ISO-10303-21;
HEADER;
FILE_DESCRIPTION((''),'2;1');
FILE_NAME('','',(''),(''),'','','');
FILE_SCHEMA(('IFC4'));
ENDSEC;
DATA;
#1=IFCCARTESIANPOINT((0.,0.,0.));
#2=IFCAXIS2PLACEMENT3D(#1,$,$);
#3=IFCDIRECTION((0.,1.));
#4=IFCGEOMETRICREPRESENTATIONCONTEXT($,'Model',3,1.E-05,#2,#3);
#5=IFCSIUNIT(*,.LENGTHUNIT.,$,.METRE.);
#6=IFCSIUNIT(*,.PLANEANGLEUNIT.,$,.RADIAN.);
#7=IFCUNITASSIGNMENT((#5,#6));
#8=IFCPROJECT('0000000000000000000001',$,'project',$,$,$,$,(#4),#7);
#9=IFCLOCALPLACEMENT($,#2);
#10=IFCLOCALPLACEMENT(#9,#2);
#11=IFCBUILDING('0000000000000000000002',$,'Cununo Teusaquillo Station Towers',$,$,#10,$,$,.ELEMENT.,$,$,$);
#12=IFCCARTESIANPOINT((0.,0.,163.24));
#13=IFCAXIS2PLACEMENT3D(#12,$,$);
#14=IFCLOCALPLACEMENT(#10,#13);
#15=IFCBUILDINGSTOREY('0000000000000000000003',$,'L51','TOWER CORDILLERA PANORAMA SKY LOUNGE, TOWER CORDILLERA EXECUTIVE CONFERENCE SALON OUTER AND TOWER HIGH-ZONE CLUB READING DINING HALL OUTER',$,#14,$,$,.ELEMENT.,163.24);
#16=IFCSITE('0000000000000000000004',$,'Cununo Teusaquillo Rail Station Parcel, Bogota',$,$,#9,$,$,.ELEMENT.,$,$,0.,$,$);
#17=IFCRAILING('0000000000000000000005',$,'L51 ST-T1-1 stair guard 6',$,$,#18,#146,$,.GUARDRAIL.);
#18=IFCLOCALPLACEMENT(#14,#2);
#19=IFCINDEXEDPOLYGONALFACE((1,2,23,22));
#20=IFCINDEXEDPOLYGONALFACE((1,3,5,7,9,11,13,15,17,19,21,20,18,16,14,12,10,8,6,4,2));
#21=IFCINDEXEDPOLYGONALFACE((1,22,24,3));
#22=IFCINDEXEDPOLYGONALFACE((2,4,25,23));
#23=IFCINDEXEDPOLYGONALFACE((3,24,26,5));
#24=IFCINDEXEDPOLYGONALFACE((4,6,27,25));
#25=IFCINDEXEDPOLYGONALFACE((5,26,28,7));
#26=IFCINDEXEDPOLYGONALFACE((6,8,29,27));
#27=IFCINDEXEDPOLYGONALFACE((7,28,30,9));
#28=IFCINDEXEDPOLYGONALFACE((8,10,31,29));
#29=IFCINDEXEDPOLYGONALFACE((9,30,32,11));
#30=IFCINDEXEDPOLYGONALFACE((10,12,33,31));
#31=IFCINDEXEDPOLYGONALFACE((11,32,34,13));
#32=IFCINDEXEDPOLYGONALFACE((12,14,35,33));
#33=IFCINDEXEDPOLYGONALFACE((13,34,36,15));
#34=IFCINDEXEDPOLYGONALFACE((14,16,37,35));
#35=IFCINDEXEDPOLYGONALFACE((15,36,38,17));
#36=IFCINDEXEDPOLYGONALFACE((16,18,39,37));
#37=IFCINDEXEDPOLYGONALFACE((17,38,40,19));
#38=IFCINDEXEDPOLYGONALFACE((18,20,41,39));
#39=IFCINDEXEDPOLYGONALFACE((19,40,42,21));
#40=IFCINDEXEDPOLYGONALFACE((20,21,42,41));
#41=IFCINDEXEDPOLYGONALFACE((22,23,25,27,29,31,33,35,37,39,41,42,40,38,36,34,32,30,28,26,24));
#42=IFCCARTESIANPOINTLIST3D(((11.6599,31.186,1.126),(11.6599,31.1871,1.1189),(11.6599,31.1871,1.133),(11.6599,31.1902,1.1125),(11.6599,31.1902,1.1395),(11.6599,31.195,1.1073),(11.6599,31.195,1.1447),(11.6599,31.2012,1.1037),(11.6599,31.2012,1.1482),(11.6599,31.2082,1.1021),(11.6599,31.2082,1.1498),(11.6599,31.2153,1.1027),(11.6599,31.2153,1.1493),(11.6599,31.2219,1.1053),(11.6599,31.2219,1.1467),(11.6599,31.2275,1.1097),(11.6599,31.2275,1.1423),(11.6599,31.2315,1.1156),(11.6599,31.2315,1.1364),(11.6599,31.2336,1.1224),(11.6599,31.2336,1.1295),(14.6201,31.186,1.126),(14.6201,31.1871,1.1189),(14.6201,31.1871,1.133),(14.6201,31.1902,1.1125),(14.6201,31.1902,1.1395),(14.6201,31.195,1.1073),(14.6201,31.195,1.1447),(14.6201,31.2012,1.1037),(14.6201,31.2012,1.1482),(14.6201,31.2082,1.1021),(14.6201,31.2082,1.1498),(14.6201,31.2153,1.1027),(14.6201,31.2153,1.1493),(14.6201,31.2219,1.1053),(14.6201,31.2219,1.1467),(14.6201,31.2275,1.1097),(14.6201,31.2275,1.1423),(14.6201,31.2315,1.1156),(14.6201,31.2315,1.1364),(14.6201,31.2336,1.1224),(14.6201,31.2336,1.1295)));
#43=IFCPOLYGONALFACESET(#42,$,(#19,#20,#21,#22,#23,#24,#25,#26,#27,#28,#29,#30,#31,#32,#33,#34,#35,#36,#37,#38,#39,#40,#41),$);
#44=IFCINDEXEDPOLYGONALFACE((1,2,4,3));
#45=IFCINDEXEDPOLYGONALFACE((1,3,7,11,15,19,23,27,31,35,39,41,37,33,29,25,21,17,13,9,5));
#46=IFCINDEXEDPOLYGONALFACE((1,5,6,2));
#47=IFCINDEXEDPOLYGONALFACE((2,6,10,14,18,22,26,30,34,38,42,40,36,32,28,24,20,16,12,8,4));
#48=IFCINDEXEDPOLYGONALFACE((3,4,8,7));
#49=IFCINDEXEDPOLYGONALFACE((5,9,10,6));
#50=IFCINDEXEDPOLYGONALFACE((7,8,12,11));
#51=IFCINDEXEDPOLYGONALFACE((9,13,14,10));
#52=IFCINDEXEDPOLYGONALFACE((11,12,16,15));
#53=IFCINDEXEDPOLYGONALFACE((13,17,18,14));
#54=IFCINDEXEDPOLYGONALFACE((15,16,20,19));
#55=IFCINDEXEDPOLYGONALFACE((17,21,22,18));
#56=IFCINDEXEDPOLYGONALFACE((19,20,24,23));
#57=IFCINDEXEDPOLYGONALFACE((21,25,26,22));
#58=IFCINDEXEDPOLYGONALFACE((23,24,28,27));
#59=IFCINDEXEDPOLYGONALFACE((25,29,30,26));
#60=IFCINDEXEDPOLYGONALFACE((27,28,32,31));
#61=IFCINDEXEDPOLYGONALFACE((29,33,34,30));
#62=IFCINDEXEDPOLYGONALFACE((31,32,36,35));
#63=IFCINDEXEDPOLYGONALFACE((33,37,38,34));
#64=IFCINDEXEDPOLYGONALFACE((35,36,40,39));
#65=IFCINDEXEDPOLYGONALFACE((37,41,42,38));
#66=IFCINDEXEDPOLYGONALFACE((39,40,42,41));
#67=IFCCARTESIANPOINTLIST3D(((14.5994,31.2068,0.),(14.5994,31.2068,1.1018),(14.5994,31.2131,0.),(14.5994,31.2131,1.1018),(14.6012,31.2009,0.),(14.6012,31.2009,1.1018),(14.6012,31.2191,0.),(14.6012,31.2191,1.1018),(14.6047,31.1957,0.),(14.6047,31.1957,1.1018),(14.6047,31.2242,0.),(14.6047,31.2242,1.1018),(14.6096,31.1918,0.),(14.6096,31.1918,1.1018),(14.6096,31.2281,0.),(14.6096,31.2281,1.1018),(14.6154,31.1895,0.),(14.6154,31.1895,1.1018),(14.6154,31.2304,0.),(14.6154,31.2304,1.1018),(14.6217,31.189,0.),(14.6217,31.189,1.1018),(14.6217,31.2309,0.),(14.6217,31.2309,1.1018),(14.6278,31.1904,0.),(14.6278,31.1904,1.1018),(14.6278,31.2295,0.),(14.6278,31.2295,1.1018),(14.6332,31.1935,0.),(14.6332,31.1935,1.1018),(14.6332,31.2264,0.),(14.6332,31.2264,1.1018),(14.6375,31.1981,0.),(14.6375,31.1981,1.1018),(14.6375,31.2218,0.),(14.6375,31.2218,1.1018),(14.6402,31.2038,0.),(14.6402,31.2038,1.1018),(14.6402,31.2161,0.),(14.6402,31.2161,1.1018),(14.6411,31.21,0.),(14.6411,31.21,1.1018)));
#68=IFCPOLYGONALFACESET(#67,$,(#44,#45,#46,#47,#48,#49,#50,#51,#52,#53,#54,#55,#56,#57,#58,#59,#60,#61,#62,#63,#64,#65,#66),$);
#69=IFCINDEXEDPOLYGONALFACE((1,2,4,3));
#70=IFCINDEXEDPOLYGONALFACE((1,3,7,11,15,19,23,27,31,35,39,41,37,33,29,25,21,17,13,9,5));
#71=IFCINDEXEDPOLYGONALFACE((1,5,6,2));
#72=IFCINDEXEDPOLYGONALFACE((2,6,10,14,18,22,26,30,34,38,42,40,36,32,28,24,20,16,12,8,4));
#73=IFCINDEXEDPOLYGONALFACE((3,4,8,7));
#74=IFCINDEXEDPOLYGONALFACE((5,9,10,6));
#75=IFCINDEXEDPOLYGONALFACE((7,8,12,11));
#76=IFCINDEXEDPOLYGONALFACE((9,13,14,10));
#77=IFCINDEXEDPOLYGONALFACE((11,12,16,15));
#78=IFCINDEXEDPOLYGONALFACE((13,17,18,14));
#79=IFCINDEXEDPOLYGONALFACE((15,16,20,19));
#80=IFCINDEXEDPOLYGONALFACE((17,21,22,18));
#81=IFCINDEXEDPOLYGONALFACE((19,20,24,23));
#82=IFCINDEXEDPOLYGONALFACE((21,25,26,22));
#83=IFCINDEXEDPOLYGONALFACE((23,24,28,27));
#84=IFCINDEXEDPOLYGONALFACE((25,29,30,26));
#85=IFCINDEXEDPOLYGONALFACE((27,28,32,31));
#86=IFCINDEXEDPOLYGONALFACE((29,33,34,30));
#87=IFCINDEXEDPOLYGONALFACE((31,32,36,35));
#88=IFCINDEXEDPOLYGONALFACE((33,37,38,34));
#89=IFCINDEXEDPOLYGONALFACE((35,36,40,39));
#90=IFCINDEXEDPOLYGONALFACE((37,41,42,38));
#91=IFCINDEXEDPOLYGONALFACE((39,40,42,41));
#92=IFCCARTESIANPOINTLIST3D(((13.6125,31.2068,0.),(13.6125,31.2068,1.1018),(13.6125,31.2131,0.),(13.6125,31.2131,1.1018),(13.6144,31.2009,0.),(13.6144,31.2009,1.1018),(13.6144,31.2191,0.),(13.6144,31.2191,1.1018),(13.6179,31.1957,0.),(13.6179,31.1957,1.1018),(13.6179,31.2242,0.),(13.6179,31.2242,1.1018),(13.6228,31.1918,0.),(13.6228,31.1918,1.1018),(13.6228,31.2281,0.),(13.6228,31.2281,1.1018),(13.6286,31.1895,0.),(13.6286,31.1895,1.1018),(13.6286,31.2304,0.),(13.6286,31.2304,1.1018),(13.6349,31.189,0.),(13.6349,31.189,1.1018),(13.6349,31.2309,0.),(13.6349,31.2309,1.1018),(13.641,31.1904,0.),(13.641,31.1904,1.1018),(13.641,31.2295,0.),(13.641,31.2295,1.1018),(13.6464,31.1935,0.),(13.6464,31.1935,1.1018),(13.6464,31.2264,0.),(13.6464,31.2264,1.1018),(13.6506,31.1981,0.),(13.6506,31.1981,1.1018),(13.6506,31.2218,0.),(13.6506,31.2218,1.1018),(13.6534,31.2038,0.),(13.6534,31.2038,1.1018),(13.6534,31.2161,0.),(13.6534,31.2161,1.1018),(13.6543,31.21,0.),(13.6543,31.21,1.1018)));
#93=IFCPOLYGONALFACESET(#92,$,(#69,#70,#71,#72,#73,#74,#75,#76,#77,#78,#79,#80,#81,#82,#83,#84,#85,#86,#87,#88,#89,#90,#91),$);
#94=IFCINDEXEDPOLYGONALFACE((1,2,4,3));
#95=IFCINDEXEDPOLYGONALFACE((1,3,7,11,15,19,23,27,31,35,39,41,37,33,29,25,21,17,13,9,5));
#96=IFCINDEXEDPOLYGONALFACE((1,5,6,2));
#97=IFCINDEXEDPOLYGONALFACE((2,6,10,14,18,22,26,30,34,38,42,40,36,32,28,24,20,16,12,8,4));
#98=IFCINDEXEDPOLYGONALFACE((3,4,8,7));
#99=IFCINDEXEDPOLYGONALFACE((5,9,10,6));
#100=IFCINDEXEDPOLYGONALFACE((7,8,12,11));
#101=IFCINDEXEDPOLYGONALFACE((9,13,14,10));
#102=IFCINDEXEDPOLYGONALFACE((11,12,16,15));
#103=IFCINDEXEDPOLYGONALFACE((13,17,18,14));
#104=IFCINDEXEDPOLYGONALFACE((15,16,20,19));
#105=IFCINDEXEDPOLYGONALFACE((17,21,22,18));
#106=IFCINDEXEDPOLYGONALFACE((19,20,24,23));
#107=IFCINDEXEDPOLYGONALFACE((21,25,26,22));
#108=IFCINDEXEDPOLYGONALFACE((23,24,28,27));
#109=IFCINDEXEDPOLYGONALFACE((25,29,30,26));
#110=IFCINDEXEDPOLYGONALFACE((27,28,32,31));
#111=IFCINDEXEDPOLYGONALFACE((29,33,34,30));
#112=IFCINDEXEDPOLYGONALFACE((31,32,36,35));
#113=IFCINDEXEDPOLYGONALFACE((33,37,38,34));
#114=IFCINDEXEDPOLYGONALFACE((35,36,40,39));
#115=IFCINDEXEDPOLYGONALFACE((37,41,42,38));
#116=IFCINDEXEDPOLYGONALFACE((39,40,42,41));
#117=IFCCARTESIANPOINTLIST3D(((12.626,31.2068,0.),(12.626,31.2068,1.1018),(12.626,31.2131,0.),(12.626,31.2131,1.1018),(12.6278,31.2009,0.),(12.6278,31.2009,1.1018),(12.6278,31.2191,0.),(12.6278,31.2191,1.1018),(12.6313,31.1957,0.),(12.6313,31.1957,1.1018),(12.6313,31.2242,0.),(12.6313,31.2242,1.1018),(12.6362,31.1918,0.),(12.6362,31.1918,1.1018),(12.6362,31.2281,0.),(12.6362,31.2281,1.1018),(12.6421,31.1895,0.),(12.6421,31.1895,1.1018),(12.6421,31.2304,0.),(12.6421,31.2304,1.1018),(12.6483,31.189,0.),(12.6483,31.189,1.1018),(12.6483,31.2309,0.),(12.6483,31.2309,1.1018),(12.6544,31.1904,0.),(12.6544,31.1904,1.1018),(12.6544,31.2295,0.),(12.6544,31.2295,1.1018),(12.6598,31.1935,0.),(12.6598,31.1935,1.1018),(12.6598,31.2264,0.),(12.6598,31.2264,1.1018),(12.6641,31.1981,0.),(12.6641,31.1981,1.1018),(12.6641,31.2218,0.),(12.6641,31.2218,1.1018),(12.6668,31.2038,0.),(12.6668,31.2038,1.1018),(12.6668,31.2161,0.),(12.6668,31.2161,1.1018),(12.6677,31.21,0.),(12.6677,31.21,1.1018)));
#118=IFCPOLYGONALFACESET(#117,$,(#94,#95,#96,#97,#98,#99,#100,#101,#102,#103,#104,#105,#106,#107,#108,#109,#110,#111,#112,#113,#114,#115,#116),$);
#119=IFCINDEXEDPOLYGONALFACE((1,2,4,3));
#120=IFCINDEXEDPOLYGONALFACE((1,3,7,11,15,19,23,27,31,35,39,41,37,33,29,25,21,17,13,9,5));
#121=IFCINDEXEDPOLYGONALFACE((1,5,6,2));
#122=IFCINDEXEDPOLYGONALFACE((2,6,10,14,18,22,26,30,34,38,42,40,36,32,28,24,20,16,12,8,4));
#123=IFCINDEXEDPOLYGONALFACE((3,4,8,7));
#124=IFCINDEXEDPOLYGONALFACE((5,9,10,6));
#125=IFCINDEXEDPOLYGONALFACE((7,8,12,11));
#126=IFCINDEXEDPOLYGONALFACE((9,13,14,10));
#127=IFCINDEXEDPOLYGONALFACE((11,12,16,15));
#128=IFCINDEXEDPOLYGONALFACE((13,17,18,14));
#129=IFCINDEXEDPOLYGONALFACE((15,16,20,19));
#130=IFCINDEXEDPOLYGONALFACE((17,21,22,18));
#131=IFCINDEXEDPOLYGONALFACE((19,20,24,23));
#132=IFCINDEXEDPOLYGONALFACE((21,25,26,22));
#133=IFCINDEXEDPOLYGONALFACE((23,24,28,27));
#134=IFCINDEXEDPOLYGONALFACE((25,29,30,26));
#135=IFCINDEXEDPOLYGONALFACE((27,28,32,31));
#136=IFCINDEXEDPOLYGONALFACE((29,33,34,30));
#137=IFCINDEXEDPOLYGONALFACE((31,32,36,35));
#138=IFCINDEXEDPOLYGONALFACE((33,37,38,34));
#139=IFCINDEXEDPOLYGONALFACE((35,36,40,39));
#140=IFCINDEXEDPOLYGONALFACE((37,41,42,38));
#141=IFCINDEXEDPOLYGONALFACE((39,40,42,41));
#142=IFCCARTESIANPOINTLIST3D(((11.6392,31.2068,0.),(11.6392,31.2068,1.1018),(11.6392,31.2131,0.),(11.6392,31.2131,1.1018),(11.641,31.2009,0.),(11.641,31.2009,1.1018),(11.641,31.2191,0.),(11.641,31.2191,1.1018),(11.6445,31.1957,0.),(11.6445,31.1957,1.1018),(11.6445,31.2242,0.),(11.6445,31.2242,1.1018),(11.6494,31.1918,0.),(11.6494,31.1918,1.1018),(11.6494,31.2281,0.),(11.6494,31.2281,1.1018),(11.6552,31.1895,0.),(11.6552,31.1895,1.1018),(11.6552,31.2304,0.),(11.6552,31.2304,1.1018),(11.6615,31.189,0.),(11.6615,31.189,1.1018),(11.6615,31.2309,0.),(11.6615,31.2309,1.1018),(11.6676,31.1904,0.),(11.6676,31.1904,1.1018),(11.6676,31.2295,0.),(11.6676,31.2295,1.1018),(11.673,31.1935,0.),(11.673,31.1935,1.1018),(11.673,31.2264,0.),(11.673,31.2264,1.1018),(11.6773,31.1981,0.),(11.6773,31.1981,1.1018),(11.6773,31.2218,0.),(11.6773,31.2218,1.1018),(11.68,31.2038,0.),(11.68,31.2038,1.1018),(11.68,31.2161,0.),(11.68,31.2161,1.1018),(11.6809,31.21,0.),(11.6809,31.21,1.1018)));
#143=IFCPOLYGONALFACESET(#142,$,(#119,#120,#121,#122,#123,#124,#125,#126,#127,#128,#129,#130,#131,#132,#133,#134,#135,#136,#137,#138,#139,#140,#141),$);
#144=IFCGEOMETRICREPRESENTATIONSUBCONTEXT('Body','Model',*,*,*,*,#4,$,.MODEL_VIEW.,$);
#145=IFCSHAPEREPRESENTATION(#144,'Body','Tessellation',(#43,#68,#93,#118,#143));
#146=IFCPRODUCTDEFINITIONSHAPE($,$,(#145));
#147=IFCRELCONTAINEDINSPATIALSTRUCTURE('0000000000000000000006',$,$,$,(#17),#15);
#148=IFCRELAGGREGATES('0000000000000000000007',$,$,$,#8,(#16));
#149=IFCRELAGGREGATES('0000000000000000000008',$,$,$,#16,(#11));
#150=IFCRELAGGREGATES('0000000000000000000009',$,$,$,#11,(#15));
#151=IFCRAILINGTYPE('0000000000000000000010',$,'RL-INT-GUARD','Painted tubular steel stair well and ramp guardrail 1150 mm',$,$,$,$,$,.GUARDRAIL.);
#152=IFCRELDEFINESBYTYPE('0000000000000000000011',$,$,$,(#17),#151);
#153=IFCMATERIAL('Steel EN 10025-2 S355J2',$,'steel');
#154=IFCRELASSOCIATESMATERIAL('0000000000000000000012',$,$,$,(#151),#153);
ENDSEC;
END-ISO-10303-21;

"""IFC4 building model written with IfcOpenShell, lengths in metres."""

from ifc_helpers import new_model, si_unit, direction, frame, origin, origin_2d, place, context, subcontext, project, spatial, circle, extrude, material, type_object, element, save


model = new_model("IFC4")

# Units and contexts
model_context = context("Model", 3, precision=1e-05, world=origin(), true_north=direction((0.0, 1.0)))
body_context = subcontext(model_context, "Body", "Model", "MODEL_VIEW")
ifc_project = project(units=[si_unit("LENGTHUNIT", "METRE"), si_unit("PLANEANGLEUNIT", "RADIAN")], contexts=[model_context])

# Site, building, storey
site_placement = place(None, origin())
site = spatial("IfcSite", under=ifc_project, at=site_placement, Name="Cununo Teusaquillo Rail Station Parcel, Bogota", CompositionType="ELEMENT", RefElevation=0.0)
building_placement = place(site_placement, origin())
building = spatial("IfcBuilding", under=site, at=building_placement, Name="Cununo Teusaquillo Station Towers", CompositionType="ELEMENT")
storey_placement = place(building_placement, frame((0.0, 0.0, 163.24)))
storey = spatial("IfcBuildingStorey", under=building, at=storey_placement, Name="L51", Description="TOWER CORDILLERA PANORAMA SKY LOUNGE, TOWER CORDILLERA EXECUTIVE CONFERENCE SALON OUTER AND TOWER HIGH-ZONE CLUB READING DINING HALL OUTER", CompositionType="ELEMENT", Elevation=163.24)

# Railing
ifc_material_1 = material(Name="Steel EN 10025-2 S355J2", Category="steel")
railing_type_1 = type_object("IfcRailingType", Name="RL-INT-GUARD", Description="Painted tubular steel stair well and ramp guardrail 1150 mm", PredefinedType="GUARDRAIL", material=ifc_material_1)
railing_1_placement = place(storey_placement, frame((14.6201, 31.21, 0.0)))
element("IfcRailing", 1, at=railing_1_placement, inside=storey, type_object=railing_type_1, Name="L51 ST-T1-1 stair guard 6", PredefinedType="GUARDRAIL", context=body_context, shape_type="SweptSolid", body=[
    extrude(circle(Radius=0.0239, at=origin_2d()), frame((0.0, 0.0, 1.126), z_axis=(-1.0, 0.0, 0.0), x_axis=(0.0, -1.0, 0.0)), (0.0, 0.0, 1.0), 2.9602),
    extrude(circle(Radius=0.021, at=origin_2d()), origin(), (0.0, 0.0, 1.0), 1.1018),
    extrude(circle(Radius=0.021, at=origin_2d()), frame((-0.9868, 0.0, 0.0)), (0.0, 0.0, 1.0), 1.1018),
    extrude(circle(Radius=0.021, at=origin_2d()), frame((-1.9734, 0.0, 0.0)), (0.0, 0.0, 1.0), 1.1018),
    extrude(circle(Radius=0.021, at=origin_2d()), frame((-2.9602, 0.0, 0.0)), (0.0, 0.0, 1.0), 1.1018),
])

save(model, "model.ifc")
